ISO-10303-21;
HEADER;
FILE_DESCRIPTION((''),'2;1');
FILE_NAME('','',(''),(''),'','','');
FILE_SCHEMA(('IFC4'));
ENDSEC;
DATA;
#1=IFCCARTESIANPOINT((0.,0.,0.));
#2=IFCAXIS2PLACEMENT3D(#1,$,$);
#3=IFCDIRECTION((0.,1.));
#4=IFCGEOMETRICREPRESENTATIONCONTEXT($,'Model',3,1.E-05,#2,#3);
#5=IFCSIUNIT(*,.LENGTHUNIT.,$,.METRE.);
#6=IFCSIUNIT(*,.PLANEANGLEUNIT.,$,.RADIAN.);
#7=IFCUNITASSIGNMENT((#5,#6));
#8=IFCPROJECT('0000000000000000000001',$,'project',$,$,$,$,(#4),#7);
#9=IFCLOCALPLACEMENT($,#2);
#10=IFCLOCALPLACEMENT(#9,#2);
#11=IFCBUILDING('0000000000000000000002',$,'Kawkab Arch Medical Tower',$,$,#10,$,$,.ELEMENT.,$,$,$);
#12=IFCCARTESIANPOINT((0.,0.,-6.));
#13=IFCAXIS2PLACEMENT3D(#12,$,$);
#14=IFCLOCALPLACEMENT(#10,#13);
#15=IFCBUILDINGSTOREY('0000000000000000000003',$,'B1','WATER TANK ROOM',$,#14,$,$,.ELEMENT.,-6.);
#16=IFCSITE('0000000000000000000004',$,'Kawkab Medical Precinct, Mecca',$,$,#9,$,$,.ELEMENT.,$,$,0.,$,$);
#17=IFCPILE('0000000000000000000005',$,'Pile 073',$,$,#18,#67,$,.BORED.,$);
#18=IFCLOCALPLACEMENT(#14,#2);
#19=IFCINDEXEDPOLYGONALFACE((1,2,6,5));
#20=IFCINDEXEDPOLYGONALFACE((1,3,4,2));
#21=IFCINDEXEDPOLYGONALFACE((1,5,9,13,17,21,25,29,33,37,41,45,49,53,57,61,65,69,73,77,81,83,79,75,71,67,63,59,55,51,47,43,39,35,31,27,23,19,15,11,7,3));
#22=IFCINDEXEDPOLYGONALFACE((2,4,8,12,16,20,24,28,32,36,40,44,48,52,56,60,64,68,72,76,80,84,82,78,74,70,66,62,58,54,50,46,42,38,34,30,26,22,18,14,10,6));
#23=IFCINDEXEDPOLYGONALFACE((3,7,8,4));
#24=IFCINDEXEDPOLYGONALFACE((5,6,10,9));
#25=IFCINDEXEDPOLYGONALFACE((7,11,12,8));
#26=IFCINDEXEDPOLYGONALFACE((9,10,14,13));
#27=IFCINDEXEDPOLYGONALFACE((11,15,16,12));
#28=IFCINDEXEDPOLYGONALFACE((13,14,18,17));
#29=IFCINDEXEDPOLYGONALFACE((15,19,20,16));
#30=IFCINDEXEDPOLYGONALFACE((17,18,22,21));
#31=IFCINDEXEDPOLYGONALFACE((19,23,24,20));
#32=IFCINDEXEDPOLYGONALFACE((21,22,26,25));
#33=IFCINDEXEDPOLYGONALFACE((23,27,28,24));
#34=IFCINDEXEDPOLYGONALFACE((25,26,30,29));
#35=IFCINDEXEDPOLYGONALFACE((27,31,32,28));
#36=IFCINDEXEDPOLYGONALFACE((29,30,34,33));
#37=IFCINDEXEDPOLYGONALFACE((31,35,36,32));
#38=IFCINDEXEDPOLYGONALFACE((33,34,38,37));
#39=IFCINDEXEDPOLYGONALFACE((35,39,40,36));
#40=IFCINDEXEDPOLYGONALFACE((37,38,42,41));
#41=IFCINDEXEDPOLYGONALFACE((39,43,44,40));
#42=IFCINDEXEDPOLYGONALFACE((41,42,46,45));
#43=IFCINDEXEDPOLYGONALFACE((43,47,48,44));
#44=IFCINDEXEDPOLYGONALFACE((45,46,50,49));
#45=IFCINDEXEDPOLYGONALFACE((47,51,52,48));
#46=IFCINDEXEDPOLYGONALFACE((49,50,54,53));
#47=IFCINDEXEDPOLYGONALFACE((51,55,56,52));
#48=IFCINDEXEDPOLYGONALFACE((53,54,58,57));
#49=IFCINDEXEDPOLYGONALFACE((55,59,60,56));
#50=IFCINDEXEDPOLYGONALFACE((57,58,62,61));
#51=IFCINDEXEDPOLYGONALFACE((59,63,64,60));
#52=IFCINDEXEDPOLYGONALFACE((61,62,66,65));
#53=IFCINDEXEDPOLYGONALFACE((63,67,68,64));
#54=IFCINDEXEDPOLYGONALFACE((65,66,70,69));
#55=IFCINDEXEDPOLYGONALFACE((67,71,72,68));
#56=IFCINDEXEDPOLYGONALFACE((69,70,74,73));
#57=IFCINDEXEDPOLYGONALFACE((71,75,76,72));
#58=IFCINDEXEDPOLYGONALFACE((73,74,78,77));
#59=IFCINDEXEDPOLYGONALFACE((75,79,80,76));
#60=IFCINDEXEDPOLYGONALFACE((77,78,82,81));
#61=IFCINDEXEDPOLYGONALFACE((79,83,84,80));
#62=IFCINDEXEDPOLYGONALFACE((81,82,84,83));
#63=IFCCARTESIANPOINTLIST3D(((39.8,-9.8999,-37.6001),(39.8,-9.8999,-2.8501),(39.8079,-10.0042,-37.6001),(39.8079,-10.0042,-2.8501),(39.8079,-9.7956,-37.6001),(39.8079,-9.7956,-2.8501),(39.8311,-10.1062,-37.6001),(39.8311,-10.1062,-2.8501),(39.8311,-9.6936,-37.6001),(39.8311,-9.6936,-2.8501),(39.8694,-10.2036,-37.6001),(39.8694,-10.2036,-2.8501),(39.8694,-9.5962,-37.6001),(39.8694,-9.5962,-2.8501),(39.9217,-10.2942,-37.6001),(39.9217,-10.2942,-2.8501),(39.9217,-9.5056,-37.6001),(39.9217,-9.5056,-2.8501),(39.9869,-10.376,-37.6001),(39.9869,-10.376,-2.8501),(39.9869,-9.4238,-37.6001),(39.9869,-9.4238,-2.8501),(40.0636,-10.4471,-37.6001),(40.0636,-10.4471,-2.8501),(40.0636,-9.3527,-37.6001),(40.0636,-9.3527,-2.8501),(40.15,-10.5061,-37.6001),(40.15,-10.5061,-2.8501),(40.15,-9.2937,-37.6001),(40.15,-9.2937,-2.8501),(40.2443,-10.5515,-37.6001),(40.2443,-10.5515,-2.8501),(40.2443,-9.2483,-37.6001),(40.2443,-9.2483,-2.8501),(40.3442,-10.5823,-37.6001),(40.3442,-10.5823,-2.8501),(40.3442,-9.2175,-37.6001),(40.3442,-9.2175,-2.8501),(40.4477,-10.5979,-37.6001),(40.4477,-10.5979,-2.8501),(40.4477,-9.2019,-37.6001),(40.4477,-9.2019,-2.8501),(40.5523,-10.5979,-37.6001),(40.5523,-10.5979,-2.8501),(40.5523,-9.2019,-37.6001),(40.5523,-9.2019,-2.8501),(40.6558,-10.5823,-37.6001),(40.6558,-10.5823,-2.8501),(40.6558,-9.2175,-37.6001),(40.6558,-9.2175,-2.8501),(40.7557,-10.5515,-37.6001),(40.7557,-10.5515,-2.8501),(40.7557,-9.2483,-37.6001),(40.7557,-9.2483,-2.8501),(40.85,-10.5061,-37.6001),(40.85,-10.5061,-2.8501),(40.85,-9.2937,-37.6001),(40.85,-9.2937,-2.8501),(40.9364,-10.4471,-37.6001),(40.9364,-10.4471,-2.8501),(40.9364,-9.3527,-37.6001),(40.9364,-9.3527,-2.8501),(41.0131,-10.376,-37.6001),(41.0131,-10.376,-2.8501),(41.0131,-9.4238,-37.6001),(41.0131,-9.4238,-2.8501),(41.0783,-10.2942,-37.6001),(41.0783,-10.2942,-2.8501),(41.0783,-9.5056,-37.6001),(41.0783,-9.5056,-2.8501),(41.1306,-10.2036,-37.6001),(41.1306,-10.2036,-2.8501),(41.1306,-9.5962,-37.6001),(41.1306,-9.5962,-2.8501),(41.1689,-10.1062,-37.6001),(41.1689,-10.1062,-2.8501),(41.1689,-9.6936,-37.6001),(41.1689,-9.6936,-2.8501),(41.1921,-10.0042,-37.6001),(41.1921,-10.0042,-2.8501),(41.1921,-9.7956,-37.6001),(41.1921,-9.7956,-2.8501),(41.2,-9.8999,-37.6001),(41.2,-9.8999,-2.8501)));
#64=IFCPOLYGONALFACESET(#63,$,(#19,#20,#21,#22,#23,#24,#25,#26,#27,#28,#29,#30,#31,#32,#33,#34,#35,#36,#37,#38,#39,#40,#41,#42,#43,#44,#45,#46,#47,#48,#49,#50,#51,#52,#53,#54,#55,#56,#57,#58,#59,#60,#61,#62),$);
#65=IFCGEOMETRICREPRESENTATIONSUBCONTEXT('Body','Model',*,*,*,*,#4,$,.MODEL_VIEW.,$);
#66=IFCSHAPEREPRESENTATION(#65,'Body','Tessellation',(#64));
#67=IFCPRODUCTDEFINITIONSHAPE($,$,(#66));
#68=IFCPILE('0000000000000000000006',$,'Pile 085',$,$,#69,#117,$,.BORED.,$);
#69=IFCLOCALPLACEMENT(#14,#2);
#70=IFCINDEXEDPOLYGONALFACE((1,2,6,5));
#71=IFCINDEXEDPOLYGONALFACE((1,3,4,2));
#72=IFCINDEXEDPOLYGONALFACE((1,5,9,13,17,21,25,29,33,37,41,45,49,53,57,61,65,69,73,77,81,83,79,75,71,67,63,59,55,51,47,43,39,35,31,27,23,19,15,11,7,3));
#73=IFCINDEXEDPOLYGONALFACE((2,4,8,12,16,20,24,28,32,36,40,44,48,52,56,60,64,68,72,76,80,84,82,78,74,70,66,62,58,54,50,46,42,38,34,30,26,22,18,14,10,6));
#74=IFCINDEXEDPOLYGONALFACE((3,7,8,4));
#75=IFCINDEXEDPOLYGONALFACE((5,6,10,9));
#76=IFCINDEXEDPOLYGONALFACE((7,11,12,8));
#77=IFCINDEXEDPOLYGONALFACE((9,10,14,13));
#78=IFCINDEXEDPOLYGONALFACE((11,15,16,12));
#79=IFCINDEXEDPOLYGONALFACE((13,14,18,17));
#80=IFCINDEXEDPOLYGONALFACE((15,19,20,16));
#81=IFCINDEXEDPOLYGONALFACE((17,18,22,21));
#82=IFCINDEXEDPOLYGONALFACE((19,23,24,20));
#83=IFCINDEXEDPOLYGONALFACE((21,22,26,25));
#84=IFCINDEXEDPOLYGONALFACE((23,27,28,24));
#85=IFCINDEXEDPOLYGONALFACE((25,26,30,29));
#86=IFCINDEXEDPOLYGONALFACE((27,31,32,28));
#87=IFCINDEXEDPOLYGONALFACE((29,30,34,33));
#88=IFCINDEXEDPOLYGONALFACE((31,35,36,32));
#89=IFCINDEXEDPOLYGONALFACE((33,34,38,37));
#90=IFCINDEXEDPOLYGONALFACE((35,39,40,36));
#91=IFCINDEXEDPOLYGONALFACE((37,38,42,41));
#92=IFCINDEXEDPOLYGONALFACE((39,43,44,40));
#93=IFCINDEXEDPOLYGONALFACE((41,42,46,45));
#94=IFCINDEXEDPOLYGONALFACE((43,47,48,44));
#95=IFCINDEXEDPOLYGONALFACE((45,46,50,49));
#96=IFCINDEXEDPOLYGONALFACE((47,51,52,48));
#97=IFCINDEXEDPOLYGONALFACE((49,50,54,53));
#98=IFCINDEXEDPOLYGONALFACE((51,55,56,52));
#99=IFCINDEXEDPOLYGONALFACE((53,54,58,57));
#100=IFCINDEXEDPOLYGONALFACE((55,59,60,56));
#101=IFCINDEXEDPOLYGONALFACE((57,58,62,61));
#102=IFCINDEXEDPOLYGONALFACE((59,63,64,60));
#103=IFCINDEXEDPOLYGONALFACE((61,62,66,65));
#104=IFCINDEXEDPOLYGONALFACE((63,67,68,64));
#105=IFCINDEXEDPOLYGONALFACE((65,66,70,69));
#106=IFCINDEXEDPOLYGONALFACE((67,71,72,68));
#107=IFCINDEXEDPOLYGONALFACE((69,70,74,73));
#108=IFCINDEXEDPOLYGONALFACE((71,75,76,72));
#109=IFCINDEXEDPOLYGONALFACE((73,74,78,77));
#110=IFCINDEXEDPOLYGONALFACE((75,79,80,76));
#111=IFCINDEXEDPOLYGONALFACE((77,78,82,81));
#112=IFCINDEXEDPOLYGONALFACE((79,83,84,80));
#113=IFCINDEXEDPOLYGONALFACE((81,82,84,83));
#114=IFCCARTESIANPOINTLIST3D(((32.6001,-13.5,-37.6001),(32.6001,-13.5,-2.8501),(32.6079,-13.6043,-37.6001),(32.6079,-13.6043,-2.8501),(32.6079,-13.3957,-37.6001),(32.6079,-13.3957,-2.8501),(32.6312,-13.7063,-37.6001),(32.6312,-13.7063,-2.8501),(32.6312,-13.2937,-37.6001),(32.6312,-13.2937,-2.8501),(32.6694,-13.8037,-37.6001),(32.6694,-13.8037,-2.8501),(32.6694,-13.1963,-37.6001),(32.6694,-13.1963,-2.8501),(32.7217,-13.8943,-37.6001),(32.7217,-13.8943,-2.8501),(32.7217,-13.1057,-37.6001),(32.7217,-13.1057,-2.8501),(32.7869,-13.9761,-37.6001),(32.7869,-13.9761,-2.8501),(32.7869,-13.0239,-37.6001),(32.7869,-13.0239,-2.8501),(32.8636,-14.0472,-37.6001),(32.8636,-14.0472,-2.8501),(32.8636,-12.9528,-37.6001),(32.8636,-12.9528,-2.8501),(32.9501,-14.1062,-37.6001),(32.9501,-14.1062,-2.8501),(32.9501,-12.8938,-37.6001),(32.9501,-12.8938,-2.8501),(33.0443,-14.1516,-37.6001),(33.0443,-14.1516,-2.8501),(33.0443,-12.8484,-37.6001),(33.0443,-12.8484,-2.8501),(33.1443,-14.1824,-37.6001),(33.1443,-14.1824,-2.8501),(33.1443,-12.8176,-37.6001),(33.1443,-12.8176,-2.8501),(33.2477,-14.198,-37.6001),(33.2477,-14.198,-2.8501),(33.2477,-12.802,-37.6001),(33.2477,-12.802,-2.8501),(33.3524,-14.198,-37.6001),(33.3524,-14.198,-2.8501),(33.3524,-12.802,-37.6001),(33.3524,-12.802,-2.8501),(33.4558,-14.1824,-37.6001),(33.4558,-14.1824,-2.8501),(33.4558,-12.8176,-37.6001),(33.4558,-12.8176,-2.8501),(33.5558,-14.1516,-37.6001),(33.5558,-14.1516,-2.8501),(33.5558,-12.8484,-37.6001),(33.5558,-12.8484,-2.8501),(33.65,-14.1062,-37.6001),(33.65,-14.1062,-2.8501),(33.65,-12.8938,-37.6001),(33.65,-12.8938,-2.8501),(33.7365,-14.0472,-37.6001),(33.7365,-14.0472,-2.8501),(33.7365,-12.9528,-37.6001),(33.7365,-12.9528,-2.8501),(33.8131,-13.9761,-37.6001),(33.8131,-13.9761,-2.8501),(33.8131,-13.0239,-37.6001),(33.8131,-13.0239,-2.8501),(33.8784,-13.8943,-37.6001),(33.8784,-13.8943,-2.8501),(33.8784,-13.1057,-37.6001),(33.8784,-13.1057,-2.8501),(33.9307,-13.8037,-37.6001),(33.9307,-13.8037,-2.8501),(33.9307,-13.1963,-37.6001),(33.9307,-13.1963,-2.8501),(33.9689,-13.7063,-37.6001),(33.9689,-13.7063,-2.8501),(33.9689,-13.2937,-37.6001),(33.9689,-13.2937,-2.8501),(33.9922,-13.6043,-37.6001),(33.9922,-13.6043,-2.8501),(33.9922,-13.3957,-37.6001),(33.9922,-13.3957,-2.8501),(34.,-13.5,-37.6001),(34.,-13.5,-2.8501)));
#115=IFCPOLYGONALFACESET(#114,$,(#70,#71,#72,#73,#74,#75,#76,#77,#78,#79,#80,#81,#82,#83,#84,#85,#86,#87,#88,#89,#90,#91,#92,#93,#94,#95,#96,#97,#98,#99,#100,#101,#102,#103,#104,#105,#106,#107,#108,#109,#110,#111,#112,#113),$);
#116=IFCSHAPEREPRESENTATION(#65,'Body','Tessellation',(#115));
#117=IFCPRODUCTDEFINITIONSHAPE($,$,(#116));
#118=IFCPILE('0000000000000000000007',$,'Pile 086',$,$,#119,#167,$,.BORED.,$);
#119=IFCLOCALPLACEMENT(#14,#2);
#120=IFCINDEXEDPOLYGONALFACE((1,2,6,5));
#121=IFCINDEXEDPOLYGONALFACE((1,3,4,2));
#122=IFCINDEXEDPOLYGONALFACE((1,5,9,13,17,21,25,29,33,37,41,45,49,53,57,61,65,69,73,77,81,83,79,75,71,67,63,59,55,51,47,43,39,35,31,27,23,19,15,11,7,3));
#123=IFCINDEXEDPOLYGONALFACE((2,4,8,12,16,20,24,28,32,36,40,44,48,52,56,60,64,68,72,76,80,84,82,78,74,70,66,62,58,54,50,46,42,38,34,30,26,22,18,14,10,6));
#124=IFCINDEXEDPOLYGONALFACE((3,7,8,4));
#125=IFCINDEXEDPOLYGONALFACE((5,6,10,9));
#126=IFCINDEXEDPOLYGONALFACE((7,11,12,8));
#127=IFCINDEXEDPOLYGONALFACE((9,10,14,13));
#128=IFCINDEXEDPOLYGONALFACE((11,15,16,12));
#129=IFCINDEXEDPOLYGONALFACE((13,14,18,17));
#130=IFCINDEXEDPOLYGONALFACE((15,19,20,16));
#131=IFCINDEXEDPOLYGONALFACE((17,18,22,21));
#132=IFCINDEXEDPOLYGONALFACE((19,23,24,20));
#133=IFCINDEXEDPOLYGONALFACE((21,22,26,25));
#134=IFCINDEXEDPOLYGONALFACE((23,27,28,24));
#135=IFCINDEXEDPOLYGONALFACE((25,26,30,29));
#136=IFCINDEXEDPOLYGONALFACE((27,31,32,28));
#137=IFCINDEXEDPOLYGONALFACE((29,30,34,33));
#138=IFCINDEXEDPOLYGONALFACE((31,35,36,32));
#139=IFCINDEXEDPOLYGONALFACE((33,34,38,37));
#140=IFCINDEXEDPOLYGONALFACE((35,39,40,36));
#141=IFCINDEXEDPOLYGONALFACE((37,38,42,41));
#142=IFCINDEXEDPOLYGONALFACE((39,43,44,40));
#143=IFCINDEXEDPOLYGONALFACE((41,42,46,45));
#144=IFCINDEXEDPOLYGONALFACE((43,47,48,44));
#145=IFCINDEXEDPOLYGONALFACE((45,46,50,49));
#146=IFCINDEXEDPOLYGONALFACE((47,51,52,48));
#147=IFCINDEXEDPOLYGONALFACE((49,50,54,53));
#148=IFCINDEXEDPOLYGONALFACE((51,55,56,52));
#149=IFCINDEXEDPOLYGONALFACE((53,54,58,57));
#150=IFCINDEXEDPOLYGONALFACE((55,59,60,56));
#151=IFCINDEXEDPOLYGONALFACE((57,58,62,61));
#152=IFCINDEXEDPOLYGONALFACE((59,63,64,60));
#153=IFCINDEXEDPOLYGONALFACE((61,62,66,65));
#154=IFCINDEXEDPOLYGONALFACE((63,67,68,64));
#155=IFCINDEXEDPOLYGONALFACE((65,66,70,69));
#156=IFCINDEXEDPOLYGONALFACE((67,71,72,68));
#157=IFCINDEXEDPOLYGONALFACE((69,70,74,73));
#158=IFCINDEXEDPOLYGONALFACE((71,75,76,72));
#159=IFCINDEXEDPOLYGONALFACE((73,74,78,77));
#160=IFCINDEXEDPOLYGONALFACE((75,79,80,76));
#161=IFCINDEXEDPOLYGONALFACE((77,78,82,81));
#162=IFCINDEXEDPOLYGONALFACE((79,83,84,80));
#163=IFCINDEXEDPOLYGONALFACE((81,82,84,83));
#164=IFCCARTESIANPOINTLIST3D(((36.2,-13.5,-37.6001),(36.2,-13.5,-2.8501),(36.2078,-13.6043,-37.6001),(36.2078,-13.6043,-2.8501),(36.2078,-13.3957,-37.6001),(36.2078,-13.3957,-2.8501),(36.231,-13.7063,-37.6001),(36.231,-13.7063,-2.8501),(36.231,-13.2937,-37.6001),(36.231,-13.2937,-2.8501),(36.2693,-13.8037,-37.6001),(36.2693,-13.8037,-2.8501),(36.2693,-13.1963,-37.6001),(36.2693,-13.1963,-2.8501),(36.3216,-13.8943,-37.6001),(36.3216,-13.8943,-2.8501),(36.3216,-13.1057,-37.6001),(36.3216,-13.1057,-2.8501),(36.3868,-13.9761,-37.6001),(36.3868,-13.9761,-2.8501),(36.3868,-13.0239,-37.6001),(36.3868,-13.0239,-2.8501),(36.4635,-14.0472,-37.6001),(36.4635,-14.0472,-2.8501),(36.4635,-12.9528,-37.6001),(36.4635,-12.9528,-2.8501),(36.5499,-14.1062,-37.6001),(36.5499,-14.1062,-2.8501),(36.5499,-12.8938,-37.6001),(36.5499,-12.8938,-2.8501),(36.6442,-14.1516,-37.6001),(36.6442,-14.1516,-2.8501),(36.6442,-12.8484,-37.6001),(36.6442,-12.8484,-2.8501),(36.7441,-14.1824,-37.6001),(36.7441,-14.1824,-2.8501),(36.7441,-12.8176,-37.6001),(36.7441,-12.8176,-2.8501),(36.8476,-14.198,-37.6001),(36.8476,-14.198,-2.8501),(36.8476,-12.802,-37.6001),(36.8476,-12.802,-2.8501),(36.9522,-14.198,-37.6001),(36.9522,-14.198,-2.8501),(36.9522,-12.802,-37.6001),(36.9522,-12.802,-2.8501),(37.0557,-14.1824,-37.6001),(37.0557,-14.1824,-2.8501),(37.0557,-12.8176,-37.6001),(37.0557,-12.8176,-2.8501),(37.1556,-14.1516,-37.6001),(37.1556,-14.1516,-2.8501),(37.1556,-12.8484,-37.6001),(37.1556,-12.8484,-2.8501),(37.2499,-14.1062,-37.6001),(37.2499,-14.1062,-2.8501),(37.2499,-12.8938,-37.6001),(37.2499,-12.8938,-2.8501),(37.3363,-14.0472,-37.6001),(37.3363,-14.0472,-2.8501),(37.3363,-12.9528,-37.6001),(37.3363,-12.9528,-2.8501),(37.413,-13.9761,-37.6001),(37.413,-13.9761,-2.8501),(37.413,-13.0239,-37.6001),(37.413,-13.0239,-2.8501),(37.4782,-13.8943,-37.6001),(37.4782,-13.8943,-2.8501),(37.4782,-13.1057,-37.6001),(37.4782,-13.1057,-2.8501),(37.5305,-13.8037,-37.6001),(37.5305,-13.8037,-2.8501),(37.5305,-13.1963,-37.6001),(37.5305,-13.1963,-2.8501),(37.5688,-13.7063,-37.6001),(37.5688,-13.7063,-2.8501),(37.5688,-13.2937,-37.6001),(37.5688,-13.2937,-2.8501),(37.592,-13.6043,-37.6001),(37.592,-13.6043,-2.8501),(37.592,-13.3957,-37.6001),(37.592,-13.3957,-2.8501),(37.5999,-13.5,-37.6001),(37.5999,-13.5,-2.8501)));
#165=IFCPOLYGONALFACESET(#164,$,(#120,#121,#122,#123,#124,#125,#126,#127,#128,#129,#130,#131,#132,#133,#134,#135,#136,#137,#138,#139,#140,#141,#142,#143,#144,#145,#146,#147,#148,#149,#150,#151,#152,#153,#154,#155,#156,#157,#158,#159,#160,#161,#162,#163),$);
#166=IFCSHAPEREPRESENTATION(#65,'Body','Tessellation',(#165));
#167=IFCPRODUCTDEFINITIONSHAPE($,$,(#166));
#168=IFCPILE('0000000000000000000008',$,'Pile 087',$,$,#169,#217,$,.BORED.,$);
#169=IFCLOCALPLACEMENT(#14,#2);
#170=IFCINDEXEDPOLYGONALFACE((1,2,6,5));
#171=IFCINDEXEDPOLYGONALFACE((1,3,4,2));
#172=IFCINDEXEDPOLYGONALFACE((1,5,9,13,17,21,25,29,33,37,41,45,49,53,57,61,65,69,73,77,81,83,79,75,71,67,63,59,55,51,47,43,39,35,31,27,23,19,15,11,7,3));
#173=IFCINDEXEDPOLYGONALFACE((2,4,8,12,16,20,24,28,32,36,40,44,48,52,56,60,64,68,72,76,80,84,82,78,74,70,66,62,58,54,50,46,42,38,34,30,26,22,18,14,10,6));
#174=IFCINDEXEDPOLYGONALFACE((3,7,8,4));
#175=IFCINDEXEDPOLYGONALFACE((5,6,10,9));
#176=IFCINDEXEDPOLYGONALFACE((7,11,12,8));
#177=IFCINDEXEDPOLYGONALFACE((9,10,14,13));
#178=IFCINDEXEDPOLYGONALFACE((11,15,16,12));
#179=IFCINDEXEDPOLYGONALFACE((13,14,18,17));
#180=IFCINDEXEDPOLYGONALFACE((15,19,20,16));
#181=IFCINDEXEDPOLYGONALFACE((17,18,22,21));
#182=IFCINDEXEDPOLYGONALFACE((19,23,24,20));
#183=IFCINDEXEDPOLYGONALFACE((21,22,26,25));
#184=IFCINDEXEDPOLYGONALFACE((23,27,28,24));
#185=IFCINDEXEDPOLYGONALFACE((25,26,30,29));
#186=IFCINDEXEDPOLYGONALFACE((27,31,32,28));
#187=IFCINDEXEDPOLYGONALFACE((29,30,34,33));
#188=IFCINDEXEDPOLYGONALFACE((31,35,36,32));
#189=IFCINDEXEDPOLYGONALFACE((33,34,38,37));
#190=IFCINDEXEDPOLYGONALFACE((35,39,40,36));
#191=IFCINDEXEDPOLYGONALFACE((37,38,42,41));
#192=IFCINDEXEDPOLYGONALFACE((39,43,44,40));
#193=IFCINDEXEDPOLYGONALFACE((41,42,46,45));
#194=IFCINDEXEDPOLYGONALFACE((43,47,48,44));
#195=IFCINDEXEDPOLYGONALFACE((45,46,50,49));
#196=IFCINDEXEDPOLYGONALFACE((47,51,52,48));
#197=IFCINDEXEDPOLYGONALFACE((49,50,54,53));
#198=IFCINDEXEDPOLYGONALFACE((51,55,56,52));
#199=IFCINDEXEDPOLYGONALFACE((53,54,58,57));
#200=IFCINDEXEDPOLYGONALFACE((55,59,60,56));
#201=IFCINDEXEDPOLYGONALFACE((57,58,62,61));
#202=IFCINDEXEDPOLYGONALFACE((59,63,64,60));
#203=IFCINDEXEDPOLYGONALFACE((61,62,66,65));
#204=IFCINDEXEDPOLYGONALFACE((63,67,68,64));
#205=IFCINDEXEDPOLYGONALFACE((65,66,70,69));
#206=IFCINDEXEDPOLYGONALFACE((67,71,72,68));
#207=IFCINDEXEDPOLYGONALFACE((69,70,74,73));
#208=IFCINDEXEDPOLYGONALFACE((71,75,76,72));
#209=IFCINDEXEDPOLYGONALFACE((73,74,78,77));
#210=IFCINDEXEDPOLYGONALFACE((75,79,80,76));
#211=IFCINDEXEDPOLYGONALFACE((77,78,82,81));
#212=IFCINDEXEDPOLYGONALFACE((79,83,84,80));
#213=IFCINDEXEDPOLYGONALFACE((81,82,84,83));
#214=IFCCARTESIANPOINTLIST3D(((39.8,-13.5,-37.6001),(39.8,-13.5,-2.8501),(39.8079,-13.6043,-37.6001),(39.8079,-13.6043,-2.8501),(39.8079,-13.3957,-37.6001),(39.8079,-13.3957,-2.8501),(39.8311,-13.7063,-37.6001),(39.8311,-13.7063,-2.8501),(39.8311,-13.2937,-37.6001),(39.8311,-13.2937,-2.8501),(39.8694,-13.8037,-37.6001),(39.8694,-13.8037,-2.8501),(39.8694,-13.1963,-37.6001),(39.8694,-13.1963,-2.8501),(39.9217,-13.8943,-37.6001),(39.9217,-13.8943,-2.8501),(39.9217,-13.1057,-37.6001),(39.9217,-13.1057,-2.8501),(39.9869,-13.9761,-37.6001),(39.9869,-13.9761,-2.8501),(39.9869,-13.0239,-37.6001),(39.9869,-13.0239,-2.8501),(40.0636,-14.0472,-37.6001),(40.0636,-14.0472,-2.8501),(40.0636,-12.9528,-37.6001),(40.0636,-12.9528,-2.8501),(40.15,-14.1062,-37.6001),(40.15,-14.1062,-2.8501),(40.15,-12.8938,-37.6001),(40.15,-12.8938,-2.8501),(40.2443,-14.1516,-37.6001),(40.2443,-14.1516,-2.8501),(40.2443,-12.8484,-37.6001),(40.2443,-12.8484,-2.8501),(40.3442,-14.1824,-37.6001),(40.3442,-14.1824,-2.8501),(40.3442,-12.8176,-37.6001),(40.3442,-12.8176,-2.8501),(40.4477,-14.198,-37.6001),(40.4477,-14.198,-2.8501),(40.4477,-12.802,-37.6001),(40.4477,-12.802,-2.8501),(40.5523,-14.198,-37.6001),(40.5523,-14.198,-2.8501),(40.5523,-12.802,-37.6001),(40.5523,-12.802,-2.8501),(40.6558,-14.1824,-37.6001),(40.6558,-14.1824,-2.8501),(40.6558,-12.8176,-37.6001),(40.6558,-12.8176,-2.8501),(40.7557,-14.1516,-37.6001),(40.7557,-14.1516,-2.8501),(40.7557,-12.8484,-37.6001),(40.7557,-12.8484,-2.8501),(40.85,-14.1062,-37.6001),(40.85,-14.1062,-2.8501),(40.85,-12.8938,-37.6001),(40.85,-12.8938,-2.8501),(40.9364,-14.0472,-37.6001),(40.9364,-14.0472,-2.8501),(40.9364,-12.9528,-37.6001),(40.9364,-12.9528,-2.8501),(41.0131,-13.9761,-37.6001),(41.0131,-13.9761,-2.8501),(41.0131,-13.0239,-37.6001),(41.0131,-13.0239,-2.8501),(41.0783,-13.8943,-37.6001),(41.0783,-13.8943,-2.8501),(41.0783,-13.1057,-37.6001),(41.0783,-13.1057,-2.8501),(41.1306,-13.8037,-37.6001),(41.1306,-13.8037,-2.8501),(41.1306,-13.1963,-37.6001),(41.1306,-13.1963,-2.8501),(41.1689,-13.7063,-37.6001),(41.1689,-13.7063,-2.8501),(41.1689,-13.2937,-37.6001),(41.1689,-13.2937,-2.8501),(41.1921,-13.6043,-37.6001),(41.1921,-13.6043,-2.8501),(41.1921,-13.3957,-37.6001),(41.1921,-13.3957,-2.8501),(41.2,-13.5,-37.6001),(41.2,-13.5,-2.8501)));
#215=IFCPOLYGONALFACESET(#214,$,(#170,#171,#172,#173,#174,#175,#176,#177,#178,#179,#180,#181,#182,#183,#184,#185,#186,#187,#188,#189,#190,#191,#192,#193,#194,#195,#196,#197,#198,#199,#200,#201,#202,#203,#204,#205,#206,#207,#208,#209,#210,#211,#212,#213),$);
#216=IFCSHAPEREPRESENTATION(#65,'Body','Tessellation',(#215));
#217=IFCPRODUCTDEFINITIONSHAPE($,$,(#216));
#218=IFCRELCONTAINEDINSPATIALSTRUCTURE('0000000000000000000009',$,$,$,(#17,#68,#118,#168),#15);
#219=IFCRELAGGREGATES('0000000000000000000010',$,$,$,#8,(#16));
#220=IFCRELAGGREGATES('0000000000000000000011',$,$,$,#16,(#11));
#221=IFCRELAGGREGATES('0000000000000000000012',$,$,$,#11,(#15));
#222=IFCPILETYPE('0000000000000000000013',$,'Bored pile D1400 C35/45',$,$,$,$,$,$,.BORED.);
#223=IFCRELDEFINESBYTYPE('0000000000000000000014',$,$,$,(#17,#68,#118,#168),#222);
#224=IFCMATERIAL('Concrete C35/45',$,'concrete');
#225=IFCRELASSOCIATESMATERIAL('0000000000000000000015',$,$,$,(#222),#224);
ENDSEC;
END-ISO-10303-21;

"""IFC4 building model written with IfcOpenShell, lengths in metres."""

from ifc_helpers import new_model, si_unit, direction, frame, origin, origin_2d, place, context, subcontext, project, spatial, circle, extrude, material, material_profile, profile_set, type_object, element, save


model = new_model("IFC4")

# Units and contexts
model_context = context("Model", 3, precision=1e-05, world=origin(), true_north=direction((0.0, 1.0)))
body_context = subcontext(model_context, "Body", "Model", "MODEL_VIEW")
ifc_project = project(units=[si_unit("LENGTHUNIT", "METRE"), si_unit("PLANEANGLEUNIT", "RADIAN")], contexts=[model_context])

# Site, building, storey
site_placement = place(None, origin())
site = spatial("IfcSite", under=ifc_project, at=site_placement, Name="Kawkab Medical Precinct, Mecca", CompositionType="ELEMENT", RefElevation=0.0)
building_placement = place(site_placement, origin())
building = spatial("IfcBuilding", under=site, at=building_placement, Name="Kawkab Arch Medical Tower", CompositionType="ELEMENT")
storey_placement = place(building_placement, frame((0.0, 0.0, -6.0)))
storey = spatial("IfcBuildingStorey", under=building, at=storey_placement, Name="B1", Description="WATER TANK ROOM", CompositionType="ELEMENT", Elevation=-6.0)

# Piles
ifc_material_1 = material(Name="Concrete C35/45", Category="concrete")
ifc_material_profile_1 = material_profile(ifc_material_1, circle(Radius=0.7, at=origin_2d()), Name="Bored pile D1400")
ifc_profile_set_1 = profile_set([ifc_material_profile_1], Name="Concrete C35/45")
pile_type = type_object("IfcPileType", Name="Bored pile D1400 C35/45", PredefinedType="BORED", material=ifc_profile_set_1)
for number, where, z_axis, x_axis, name in (
    (1, (40.5, -9.8999, -2.8501), (0.0, 0.0, -1.0), (1.0, 0.0, 0.0), "Pile 073"),
    (2, (33.3, -13.5, -2.8501), (0.0, 0.0, -1.0), (1.0, 0.0, 0.0), "Pile 085"),
    (3, (36.8999, -13.5, -2.8501), (0.0, 0.0, -1.0), (1.0, 0.0, 0.0), "Pile 086"),
    (4, (40.5, -13.5, -2.8501), (0.0, 0.0, -1.0), (1.0, 0.0, 0.0), "Pile 087"),
):
    element("IfcPile", number, at=place(storey_placement, frame(where, z_axis=z_axis, x_axis=x_axis)), inside=storey, type_object=pile_type, Name=name, PredefinedType="BORED", context=body_context, shape_type="SweptSolid", body=[
        extrude(circle(Radius=0.7, at=origin_2d()), origin(), (0.0, 0.0, 1.0), 34.75),
    ])

save(model, "model.ifc")
